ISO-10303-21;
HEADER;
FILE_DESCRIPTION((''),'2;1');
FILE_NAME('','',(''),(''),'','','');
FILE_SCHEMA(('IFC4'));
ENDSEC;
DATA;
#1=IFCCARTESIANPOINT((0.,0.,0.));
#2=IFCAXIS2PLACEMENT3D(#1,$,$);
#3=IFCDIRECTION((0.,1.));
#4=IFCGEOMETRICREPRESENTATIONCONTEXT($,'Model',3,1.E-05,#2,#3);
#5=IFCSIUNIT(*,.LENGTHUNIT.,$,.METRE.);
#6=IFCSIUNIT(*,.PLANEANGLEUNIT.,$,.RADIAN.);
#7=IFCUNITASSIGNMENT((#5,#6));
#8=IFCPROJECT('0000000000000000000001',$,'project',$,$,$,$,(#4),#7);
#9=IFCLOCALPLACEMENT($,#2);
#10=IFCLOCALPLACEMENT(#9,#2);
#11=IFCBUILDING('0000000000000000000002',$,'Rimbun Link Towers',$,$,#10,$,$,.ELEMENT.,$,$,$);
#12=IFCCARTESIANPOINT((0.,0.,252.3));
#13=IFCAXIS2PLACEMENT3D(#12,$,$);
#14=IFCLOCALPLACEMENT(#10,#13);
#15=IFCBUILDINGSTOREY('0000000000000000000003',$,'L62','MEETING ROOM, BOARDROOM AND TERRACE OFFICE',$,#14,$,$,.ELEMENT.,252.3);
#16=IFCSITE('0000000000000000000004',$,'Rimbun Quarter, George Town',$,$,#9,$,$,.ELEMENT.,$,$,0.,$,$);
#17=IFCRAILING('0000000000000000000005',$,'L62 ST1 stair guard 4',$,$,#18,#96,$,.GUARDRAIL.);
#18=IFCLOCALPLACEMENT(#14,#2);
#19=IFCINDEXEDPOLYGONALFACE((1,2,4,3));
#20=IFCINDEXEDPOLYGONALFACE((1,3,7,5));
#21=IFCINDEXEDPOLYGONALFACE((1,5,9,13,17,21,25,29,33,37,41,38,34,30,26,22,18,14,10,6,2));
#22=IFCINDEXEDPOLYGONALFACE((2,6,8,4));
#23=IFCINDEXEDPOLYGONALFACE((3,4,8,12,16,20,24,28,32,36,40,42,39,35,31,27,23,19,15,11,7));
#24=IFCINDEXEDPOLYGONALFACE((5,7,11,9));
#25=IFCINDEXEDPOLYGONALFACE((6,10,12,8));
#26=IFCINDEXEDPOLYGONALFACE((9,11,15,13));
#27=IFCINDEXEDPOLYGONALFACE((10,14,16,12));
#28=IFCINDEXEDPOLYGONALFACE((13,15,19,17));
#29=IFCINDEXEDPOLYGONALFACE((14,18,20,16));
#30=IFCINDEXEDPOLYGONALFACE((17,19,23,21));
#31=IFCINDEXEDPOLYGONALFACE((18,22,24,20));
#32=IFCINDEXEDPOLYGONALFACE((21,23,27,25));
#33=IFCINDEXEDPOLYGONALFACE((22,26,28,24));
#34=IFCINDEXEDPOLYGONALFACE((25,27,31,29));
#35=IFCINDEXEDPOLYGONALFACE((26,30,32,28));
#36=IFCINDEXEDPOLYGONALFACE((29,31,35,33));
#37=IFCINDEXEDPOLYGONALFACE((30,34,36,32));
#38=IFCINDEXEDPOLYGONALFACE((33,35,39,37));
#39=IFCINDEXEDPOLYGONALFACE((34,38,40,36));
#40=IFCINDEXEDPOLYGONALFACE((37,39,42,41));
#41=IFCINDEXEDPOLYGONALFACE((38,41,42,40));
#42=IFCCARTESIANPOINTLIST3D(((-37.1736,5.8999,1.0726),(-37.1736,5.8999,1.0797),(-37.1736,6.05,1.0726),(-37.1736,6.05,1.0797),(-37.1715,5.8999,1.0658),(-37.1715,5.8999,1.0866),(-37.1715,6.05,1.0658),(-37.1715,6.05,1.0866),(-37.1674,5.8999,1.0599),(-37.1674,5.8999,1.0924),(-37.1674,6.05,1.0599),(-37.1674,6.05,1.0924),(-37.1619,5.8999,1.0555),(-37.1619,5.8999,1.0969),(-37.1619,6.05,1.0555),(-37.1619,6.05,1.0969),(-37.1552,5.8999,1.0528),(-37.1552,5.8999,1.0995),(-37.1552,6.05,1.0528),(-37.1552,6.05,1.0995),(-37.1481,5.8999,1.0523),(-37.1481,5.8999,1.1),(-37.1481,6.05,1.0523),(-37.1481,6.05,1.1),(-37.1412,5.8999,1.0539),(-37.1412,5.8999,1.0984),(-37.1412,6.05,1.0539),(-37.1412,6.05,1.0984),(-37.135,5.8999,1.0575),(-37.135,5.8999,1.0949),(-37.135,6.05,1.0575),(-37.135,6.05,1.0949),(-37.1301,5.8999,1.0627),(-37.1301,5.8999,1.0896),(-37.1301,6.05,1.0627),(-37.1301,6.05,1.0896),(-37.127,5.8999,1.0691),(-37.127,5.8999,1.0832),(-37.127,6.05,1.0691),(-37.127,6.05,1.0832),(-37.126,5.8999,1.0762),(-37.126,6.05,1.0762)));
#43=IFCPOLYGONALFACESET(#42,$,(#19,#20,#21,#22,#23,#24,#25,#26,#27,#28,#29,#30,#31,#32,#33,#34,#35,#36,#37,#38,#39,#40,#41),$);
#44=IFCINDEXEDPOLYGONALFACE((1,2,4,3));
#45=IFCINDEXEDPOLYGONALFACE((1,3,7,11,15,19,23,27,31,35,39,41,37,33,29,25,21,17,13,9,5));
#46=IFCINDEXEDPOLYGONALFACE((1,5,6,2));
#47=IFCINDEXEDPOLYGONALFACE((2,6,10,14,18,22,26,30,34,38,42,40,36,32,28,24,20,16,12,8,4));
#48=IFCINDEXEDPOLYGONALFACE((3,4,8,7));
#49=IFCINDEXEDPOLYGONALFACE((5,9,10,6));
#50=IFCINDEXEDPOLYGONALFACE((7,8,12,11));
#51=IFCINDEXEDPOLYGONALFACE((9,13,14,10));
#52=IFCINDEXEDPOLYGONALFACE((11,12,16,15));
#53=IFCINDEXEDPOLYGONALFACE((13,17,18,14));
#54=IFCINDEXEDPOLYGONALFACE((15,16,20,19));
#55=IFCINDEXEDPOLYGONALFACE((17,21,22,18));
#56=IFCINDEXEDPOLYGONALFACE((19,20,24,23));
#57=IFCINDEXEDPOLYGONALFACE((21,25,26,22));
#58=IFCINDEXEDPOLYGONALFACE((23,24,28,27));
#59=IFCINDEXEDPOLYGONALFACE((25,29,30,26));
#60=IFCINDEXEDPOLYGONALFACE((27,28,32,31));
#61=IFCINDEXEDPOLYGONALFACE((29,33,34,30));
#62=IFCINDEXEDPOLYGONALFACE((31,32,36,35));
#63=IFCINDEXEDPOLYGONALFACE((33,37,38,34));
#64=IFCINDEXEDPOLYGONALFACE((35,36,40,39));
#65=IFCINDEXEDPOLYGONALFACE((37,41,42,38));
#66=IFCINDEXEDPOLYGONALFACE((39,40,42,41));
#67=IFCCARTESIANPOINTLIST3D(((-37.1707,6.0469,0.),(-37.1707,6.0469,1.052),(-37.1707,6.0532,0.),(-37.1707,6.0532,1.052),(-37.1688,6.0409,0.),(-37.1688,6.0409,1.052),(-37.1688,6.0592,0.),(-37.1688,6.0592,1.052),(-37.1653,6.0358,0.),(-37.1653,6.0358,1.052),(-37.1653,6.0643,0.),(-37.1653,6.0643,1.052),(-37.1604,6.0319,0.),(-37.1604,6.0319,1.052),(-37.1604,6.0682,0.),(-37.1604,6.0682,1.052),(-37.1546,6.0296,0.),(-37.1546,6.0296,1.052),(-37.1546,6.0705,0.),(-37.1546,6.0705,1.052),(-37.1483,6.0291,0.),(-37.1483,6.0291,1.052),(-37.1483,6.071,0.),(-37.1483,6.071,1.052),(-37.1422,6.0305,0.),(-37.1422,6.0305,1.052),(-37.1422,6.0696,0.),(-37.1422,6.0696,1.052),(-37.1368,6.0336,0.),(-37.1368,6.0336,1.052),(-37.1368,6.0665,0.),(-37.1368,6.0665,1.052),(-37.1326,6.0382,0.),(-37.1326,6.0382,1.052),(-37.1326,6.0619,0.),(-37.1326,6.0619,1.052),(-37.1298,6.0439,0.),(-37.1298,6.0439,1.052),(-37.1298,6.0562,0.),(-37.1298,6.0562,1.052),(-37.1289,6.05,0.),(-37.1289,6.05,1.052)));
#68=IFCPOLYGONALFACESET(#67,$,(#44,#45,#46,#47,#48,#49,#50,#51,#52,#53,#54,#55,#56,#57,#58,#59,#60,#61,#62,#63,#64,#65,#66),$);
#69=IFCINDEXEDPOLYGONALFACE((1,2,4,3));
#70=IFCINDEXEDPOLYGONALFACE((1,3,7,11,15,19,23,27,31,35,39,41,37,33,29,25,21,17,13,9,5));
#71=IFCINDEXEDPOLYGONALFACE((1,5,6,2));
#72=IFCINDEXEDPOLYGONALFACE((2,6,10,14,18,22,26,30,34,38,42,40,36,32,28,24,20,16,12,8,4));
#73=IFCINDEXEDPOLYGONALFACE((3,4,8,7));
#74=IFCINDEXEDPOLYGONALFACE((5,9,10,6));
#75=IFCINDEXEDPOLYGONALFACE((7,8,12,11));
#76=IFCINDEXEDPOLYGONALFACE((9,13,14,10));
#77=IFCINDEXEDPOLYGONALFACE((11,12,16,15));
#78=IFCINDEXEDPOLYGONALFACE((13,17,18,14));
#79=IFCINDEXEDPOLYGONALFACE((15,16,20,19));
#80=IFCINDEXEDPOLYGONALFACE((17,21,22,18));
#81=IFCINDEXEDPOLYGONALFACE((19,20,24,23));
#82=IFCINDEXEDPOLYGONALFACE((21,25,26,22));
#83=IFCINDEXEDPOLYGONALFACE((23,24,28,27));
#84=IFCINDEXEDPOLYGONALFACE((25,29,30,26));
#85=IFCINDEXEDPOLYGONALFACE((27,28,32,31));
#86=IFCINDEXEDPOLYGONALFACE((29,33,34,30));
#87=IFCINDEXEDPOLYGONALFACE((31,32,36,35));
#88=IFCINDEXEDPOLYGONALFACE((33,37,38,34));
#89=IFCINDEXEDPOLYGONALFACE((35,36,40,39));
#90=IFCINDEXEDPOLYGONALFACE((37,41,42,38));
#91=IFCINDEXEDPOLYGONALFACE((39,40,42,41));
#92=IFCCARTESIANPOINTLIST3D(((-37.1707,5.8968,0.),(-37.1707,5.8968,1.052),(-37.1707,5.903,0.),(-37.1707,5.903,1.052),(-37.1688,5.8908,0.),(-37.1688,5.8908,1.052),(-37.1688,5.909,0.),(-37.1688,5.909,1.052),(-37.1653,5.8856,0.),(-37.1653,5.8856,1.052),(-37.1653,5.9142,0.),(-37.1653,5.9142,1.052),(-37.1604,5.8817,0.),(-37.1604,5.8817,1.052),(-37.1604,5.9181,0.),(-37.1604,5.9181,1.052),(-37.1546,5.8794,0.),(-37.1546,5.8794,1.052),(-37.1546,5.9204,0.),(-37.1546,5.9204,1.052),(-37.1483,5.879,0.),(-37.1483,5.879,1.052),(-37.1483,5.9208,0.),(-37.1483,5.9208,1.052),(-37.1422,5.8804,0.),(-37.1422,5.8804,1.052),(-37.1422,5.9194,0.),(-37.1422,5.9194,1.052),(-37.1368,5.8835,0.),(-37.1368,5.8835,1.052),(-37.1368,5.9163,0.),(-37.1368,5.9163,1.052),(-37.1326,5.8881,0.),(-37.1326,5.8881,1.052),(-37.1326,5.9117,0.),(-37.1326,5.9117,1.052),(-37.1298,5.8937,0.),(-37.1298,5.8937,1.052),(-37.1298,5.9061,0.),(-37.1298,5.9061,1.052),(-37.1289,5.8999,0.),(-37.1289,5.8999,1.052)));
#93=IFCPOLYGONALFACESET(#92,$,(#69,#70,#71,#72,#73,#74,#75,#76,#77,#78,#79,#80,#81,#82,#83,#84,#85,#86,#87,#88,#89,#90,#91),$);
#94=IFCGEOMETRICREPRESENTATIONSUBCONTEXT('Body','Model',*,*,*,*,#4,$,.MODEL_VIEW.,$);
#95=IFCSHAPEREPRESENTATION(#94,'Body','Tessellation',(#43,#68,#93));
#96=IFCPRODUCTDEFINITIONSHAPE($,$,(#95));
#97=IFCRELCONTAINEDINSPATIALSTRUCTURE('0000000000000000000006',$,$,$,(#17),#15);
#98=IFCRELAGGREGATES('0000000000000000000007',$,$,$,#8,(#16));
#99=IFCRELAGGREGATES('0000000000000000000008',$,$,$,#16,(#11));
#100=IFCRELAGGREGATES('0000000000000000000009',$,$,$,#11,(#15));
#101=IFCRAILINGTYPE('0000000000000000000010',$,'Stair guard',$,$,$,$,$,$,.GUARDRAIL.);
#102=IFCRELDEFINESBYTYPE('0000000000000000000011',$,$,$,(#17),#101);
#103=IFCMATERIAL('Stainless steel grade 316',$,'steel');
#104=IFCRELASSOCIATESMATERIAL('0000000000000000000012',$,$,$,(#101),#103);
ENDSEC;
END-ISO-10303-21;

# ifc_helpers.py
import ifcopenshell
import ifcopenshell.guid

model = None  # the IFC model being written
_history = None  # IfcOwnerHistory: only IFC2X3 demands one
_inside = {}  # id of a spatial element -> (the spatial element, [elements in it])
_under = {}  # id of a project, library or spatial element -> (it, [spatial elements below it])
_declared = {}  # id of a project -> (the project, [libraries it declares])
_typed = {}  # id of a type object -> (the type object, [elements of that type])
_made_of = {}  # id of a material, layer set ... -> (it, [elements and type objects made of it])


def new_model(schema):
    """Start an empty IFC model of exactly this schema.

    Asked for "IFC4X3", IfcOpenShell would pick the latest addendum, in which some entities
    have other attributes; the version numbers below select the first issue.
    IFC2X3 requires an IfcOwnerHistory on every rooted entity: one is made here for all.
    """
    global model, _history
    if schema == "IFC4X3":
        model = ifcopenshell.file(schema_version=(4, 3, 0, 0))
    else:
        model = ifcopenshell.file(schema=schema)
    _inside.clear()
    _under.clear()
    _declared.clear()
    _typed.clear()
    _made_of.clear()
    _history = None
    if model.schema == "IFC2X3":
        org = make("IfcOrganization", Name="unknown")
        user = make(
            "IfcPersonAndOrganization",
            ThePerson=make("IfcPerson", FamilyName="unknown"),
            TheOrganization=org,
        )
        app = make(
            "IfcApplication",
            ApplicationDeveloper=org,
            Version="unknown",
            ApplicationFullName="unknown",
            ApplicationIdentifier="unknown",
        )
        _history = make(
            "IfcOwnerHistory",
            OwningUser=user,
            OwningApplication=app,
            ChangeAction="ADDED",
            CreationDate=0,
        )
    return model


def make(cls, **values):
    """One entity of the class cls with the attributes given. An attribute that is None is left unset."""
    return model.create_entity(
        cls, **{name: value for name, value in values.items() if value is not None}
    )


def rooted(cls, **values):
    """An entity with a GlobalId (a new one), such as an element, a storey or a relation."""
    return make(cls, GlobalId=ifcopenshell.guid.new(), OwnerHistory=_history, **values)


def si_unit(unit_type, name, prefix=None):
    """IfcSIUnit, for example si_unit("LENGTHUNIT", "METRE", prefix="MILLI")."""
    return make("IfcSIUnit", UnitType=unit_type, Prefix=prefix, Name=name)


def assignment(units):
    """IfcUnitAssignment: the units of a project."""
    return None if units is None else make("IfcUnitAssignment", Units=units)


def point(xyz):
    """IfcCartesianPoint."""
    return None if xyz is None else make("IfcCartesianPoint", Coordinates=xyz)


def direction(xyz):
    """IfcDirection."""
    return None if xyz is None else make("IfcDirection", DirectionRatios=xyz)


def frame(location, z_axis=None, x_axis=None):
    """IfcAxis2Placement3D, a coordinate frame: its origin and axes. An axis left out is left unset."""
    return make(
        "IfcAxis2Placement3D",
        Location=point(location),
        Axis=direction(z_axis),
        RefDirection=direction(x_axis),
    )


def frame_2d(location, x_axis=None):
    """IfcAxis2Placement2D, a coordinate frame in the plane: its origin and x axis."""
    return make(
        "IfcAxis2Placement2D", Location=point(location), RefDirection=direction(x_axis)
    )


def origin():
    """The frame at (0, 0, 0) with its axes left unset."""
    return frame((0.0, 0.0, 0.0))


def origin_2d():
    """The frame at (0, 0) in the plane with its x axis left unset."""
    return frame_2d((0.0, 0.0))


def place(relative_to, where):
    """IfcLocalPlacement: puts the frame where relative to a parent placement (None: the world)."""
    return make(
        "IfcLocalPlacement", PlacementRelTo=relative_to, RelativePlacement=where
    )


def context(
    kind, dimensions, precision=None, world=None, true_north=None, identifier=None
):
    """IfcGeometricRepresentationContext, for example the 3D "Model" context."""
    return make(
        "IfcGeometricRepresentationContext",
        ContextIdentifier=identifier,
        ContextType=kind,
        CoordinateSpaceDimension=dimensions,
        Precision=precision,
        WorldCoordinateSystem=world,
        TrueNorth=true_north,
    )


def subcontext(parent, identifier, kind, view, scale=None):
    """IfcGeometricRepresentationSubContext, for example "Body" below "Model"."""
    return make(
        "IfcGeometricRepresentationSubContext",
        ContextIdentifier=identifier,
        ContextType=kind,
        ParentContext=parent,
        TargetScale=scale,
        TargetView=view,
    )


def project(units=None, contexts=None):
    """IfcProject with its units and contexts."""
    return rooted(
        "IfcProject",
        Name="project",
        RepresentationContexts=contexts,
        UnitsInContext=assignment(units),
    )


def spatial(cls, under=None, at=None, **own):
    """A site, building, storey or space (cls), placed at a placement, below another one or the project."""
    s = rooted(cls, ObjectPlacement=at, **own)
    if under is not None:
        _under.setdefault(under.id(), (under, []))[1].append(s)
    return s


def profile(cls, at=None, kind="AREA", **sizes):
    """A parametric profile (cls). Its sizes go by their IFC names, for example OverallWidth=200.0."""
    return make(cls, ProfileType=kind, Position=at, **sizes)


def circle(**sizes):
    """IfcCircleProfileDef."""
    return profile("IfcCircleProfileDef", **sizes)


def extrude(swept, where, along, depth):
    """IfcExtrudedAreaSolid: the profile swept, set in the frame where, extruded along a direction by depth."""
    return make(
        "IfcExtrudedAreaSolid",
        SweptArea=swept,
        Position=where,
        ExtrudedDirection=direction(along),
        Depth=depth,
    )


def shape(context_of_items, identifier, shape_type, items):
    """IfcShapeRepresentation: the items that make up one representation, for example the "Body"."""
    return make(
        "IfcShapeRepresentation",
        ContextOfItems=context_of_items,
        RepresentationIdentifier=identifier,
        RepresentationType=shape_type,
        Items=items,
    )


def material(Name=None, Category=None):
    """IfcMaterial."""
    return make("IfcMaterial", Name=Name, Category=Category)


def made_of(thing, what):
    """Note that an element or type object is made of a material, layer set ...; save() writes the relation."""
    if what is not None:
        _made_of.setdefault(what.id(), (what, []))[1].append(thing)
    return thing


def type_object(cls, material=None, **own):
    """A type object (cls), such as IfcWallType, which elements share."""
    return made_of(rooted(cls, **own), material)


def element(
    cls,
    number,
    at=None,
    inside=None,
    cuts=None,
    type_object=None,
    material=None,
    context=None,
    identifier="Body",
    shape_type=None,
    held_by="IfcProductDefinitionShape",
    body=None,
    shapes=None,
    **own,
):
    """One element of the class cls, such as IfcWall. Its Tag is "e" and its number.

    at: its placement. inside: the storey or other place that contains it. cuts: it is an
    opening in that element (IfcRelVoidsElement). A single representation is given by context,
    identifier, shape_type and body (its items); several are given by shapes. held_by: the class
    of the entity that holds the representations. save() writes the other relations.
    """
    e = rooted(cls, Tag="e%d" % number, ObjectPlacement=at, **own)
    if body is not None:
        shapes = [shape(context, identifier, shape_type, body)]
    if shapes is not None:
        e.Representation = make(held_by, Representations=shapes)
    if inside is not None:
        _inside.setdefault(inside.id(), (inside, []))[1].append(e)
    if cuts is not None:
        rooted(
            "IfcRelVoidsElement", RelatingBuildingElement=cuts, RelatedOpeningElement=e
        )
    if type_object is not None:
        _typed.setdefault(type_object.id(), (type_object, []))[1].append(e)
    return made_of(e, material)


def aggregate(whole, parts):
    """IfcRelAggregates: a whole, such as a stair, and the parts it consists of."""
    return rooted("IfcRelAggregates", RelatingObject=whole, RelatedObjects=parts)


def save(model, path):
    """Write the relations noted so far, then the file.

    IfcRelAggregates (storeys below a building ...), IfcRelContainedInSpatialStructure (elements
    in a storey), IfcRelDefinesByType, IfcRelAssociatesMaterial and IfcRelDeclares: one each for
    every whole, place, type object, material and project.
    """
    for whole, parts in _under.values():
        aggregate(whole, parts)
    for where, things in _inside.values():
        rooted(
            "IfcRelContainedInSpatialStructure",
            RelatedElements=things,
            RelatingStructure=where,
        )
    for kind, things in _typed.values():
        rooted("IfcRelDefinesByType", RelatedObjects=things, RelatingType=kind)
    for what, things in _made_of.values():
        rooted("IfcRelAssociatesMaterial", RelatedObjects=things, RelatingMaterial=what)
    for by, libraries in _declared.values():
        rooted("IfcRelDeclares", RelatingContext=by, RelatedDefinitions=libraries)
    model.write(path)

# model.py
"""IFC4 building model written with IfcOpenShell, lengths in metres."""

from ifc_helpers import new_model, si_unit, direction, frame, origin, origin_2d, place, context, subcontext, project, spatial, circle, extrude, material, type_object, element, save


model = new_model("IFC4")

# Units and contexts
model_context = context("Model", 3, precision=1e-05, world=origin(), true_north=direction((0.0, 1.0)))
body_context = subcontext(model_context, "Body", "Model", "MODEL_VIEW")
ifc_project = project(units=[si_unit("LENGTHUNIT", "METRE"), si_unit("PLANEANGLEUNIT", "RADIAN")], contexts=[model_context])

# Site, building, storey
site_placement = place(None, origin())
site = spatial("IfcSite", under=ifc_project, at=site_placement, Name="Rimbun Quarter, George Town", CompositionType="ELEMENT", RefElevation=0.0)
building_placement = place(site_placement, origin())
building = spatial("IfcBuilding", under=site, at=building_placement, Name="Rimbun Link Towers", CompositionType="ELEMENT")
storey_placement = place(building_placement, frame((0.0, 0.0, 252.3)))
storey = spatial("IfcBuildingStorey", under=building, at=storey_placement, Name="L62", Description="MEETING ROOM, BOARDROOM AND TERRACE OFFICE", CompositionType="ELEMENT", Elevation=252.3)

# Railing
ifc_material_1 = material(Name="Stainless steel grade 316", Category="steel")
railing_type_1 = type_object("IfcRailingType", Name="Stair guard", PredefinedType="GUARDRAIL", material=ifc_material_1)
railing_1_placement = place(storey_placement, frame((-37.1499, 6.05, 0.0)))
element("IfcRailing", 1, at=railing_1_placement, inside=storey, type_object=railing_type_1, Name="L62 ST1 stair guard 4", PredefinedType="GUARDRAIL", context=body_context, shape_type="SweptSolid", body=[
    extrude(circle(Radius=0.0239, at=origin_2d()), frame((0.0, 0.0, 1.0762), z_axis=(0.0, -1.0, 0.0), x_axis=(1.0, 0.0, 0.0)), (0.0, 0.0, 1.0), 0.1501),
    extrude(circle(Radius=0.021, at=origin_2d()), origin(), (0.0, 0.0, 1.0), 1.052),
    extrude(circle(Radius=0.021, at=origin_2d()), frame((0.0, -0.1501, 0.0)), (0.0, 0.0, 1.0), 1.052),
])

save(model, "model.ifc")
